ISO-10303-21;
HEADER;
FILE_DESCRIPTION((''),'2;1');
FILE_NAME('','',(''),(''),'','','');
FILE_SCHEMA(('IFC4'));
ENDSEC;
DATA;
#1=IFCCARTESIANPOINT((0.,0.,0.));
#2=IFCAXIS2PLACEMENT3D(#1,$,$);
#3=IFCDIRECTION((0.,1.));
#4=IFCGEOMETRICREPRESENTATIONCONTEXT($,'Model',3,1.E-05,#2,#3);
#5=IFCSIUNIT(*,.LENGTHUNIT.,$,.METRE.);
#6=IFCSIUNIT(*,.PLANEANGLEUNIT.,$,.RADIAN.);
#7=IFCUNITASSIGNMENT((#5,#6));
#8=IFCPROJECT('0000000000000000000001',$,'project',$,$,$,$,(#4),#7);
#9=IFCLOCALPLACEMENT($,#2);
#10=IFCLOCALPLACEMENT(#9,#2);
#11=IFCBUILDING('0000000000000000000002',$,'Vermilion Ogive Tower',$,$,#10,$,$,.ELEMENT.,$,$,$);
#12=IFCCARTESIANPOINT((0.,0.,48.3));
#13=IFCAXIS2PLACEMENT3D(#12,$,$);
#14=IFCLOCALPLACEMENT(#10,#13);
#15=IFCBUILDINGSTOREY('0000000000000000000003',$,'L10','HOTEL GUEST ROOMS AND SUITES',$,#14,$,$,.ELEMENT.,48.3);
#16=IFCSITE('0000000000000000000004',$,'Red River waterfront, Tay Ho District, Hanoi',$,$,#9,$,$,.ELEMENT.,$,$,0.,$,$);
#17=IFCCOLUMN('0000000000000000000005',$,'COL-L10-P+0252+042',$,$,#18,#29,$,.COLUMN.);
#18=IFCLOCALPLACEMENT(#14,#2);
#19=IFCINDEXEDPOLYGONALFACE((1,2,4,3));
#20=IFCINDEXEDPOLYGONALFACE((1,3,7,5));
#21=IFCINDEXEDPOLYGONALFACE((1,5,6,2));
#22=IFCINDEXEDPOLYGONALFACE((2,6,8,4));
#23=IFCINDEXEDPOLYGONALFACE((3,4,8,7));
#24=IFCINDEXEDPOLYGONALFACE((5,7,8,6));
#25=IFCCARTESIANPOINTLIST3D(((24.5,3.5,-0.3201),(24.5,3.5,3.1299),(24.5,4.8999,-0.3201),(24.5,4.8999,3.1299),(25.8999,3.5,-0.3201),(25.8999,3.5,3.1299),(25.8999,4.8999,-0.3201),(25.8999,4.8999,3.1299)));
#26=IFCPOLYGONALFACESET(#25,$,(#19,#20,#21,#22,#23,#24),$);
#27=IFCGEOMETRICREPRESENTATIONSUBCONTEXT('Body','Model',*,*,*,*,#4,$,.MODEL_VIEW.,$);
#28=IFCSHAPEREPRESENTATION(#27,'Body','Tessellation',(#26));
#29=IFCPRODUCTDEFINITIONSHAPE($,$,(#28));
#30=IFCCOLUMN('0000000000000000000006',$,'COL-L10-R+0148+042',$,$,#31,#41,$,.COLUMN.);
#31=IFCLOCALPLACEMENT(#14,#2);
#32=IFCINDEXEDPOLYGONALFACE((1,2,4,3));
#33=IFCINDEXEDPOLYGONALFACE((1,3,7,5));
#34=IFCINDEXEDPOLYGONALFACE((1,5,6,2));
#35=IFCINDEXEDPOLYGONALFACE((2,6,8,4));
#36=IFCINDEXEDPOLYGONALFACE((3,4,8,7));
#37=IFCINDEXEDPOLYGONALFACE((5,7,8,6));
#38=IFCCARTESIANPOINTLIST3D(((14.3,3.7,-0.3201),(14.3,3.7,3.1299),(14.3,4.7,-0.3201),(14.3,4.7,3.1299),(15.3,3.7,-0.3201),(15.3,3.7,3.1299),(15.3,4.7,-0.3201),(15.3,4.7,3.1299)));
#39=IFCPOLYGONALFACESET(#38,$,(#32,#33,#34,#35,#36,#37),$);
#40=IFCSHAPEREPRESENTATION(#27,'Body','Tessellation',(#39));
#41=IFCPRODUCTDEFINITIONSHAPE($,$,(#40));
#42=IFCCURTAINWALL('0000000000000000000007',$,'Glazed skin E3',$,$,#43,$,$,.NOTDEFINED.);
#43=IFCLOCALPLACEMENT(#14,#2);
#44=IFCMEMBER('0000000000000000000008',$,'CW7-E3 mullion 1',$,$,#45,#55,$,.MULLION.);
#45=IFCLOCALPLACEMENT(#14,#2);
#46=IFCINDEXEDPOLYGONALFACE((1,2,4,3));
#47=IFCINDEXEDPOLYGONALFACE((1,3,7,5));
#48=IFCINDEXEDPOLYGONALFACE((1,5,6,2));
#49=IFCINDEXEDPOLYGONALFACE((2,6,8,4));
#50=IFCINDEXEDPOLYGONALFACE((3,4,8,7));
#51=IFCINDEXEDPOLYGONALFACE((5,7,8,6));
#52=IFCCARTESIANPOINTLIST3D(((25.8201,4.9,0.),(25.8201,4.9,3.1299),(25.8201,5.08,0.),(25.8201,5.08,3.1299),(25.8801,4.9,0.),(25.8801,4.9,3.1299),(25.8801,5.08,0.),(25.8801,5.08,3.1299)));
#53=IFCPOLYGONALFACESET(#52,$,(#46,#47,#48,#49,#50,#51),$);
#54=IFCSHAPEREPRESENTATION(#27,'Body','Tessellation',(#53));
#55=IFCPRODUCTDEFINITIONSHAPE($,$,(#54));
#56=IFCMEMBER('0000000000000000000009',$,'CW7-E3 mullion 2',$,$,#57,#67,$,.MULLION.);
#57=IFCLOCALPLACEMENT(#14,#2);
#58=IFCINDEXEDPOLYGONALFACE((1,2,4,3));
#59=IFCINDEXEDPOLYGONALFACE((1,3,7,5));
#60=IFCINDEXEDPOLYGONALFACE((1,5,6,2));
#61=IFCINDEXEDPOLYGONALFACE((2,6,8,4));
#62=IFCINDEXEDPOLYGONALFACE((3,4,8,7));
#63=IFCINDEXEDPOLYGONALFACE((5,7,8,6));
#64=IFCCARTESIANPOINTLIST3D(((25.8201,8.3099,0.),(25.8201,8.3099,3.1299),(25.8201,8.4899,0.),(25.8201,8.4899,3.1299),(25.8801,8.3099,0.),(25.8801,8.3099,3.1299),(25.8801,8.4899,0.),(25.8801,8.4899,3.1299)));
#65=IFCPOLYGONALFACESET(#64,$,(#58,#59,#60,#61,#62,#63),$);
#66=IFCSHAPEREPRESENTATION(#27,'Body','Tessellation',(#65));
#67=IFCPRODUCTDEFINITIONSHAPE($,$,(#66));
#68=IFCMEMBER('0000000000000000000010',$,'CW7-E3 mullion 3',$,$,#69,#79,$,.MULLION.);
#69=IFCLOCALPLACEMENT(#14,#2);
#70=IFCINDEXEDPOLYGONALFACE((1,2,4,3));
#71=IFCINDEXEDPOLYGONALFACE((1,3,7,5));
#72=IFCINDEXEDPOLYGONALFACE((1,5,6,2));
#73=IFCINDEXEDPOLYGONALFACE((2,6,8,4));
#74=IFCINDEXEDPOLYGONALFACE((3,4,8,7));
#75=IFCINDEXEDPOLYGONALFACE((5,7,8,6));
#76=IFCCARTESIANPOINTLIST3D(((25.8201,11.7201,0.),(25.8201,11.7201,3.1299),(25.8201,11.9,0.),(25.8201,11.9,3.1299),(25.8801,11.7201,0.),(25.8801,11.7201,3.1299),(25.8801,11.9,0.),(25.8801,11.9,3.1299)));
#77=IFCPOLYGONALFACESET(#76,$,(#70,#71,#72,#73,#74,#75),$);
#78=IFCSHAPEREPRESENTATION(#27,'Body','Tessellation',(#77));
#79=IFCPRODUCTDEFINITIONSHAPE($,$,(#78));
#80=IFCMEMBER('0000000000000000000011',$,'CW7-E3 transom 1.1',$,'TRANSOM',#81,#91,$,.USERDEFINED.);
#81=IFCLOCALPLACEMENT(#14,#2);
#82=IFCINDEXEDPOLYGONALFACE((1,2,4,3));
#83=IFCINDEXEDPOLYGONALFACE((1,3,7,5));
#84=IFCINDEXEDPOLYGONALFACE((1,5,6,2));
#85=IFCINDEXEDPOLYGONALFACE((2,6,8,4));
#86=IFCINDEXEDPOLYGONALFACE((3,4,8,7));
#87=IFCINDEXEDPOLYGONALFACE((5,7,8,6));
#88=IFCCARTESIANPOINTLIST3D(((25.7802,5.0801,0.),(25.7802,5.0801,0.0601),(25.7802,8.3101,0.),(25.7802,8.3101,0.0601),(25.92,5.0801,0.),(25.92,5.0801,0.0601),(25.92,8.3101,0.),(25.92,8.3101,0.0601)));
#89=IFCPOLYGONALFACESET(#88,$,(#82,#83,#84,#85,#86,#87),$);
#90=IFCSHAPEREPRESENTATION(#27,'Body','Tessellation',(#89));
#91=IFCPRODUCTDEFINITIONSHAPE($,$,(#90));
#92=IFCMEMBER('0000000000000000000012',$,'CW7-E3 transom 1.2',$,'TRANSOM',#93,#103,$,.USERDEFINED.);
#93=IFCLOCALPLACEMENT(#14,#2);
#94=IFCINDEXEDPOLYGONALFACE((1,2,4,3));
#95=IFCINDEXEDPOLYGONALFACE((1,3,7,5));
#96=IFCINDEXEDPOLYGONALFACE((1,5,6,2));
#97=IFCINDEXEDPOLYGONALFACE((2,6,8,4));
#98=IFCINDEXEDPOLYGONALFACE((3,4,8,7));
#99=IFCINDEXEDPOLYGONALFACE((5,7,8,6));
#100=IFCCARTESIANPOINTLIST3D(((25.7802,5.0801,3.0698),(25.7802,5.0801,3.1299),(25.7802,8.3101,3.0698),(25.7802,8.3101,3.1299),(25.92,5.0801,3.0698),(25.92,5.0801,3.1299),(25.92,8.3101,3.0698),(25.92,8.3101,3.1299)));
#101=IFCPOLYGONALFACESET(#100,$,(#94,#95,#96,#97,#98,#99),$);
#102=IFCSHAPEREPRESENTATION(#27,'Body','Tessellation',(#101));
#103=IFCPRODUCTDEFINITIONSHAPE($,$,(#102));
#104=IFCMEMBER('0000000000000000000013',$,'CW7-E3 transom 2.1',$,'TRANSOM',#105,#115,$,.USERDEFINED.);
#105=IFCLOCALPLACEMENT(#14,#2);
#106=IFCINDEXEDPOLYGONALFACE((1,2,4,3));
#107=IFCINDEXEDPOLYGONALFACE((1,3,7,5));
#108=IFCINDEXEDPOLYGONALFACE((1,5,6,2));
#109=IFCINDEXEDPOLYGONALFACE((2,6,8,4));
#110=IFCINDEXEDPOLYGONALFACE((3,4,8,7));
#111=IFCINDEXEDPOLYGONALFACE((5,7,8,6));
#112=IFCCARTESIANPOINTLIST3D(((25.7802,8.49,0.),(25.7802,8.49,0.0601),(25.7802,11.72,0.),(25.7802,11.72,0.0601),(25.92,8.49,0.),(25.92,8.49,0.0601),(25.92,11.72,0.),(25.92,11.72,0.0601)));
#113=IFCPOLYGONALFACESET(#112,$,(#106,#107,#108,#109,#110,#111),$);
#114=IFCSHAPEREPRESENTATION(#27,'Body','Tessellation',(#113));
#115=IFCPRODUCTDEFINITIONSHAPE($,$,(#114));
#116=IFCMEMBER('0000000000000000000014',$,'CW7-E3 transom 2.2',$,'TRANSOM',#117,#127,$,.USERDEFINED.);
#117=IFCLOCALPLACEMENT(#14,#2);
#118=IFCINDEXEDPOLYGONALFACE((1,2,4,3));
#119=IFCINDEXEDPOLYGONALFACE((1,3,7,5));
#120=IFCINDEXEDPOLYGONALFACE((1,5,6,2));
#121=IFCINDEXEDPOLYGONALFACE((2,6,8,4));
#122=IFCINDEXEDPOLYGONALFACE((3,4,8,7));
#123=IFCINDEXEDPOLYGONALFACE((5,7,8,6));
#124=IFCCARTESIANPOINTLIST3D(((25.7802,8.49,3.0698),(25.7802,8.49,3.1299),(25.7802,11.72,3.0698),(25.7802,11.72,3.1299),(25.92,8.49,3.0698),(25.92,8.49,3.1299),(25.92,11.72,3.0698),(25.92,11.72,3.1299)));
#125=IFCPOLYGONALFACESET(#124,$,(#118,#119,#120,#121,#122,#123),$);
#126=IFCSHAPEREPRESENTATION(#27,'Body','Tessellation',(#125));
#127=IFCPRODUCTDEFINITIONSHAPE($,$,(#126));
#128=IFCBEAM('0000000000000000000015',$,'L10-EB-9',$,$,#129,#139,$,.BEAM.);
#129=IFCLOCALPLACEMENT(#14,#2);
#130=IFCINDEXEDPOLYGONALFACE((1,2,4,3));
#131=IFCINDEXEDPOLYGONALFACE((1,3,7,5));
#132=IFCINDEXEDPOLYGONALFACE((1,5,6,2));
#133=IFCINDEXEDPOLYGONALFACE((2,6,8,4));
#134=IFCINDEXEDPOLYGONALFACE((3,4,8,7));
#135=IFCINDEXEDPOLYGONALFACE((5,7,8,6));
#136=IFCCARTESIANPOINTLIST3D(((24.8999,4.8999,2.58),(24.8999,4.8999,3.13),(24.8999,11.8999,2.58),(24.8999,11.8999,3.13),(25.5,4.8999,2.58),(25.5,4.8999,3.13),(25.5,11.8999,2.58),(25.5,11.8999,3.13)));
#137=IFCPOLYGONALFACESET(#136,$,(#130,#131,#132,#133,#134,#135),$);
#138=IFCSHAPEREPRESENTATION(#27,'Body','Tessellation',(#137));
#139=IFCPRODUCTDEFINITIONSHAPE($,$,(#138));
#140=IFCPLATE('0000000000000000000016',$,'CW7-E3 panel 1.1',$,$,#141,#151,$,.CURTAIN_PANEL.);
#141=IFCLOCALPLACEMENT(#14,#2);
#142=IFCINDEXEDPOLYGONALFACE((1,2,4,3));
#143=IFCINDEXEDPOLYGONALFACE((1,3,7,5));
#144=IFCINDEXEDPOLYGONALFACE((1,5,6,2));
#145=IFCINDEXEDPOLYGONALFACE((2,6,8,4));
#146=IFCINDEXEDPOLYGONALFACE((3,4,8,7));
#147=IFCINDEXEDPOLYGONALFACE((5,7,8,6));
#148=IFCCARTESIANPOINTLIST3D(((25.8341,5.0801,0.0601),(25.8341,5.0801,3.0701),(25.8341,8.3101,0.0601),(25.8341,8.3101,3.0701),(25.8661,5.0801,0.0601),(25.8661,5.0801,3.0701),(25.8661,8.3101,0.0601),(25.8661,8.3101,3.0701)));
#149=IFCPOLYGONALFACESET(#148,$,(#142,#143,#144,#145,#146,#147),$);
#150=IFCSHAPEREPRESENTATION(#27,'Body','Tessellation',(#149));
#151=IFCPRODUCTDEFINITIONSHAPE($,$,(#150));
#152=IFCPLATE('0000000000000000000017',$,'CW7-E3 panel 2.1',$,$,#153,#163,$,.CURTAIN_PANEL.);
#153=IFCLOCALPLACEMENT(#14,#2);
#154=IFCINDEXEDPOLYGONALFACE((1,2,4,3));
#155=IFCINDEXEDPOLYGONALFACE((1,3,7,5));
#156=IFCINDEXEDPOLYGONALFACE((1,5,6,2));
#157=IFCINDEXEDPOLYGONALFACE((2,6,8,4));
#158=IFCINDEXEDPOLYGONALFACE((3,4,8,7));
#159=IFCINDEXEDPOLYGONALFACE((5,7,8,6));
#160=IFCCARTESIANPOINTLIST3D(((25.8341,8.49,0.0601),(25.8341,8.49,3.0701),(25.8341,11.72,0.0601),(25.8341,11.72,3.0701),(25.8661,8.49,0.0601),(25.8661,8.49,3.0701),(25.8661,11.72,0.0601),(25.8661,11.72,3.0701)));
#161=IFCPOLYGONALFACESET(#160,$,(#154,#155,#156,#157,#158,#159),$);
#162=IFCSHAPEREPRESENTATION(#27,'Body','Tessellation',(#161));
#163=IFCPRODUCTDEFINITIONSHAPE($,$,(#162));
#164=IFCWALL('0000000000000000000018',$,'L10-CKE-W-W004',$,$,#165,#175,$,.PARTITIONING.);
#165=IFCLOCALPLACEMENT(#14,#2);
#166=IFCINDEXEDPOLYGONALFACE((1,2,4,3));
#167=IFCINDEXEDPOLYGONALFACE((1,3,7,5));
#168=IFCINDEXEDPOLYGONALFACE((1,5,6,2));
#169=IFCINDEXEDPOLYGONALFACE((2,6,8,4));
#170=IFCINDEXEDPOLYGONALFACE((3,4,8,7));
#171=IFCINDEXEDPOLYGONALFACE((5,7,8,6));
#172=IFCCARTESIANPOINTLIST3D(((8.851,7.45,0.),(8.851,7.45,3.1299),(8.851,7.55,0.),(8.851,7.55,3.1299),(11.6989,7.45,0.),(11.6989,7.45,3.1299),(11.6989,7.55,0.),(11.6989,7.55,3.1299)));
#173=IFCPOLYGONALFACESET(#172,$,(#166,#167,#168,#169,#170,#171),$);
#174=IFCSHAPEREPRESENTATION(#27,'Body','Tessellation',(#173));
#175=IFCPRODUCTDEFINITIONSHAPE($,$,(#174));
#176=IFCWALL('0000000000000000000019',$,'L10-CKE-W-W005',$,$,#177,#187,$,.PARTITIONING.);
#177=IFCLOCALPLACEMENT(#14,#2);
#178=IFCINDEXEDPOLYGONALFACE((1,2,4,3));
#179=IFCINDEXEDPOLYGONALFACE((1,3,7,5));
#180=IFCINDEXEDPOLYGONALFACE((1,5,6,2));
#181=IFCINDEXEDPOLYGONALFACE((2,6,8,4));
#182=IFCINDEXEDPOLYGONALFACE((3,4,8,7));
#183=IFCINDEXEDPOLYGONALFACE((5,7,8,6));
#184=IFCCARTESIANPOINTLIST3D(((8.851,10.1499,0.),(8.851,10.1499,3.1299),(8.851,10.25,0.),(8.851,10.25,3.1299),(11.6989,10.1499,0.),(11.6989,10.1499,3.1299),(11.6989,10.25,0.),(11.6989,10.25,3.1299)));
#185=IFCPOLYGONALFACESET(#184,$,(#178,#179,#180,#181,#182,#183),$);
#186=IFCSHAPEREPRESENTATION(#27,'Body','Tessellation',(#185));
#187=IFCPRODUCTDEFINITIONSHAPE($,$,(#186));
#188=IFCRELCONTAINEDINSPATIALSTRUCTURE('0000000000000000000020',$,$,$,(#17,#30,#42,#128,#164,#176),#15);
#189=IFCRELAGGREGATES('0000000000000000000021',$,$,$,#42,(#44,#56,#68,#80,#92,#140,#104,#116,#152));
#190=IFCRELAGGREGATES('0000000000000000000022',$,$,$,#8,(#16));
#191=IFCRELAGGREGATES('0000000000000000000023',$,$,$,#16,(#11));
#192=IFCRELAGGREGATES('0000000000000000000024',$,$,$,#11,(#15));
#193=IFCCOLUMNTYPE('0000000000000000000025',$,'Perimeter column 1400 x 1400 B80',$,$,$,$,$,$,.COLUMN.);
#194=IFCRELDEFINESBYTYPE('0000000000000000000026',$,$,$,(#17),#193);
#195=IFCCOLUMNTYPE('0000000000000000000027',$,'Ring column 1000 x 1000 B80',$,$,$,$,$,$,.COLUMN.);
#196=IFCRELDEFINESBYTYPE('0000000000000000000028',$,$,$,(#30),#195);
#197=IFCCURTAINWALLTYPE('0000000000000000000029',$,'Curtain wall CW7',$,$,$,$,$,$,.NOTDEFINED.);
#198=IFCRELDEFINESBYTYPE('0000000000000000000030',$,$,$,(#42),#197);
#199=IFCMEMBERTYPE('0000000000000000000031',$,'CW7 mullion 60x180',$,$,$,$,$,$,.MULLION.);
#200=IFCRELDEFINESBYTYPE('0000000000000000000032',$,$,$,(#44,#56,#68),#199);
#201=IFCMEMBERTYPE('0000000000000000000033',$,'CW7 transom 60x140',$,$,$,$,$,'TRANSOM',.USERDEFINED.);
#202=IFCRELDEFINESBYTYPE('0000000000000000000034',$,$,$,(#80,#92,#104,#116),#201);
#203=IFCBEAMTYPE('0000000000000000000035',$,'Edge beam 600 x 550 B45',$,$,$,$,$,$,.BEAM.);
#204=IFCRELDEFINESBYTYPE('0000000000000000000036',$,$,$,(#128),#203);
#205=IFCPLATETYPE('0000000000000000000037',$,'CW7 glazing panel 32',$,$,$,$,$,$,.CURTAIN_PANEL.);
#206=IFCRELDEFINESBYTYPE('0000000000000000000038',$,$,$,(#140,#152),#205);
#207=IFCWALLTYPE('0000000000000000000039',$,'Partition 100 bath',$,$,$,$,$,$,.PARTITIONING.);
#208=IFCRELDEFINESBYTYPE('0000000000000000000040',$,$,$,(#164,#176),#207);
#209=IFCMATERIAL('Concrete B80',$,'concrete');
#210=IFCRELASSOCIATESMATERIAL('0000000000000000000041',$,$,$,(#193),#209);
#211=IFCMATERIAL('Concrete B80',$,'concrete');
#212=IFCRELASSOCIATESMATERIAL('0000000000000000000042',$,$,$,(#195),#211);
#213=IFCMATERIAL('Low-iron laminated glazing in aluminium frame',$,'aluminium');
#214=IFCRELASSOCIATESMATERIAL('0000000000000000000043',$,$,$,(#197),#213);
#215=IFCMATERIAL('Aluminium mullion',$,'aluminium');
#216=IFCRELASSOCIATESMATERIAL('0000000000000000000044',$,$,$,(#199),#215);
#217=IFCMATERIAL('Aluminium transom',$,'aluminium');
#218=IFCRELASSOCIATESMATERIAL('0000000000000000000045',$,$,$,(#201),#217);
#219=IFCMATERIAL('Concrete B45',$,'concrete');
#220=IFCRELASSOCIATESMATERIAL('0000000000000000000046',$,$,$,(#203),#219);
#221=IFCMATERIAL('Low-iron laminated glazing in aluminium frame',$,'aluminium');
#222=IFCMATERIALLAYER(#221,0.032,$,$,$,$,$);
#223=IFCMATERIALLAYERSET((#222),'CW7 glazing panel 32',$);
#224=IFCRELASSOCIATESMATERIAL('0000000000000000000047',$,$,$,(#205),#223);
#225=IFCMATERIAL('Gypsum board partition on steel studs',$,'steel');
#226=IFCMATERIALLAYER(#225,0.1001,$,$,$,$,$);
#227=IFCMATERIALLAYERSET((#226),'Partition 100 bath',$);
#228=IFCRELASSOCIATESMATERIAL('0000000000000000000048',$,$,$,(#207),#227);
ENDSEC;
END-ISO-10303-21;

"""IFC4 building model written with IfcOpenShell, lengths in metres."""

from ifc_helpers import new_model, si_unit, direction, frame, frame_2d, origin, origin_2d, place, context, subcontext, project, spatial, rectangle, extrude, material, layer, layer_set, material_profile, profile_set, type_object, element, aggregate, save


model = new_model("IFC4")

# Units and contexts
model_context = context("Model", 3, precision=1e-05, world=origin(), true_north=direction((0.0, 1.0)))
body_context = subcontext(model_context, "Body", "Model", "MODEL_VIEW")
ifc_project = project(units=[si_unit("LENGTHUNIT", "METRE"), si_unit("PLANEANGLEUNIT", "RADIAN")], contexts=[model_context])

# Site, building, storey
site_placement = place(None, origin())
site = spatial("IfcSite", under=ifc_project, at=site_placement, Name="Red River waterfront, Tay Ho District, Hanoi", CompositionType="ELEMENT", RefElevation=0.0)
building_placement = place(site_placement, origin())
building = spatial("IfcBuilding", under=site, at=building_placement, Name="Vermilion Ogive Tower", CompositionType="ELEMENT")
storey_placement = place(building_placement, frame((0.0, 0.0, 48.3)))
storey = spatial("IfcBuildingStorey", under=building, at=storey_placement, Name="L10", Description="HOTEL GUEST ROOMS AND SUITES", CompositionType="ELEMENT", Elevation=48.3)

# Columns
ifc_material_1 = material(Name="Concrete B80", Category="concrete")
ifc_material_profile_1 = material_profile(ifc_material_1, rectangle(XDim=1.3999, YDim=1.3999, at=origin_2d()), Name="1400 x 1400")
ifc_profile_set_1 = profile_set([ifc_material_profile_1], Name="Concrete B80")
column_type_1 = type_object("IfcColumnType", Name="Perimeter column 1400 x 1400 B80", PredefinedType="COLUMN", material=ifc_profile_set_1)
column_1_placement = place(storey_placement, frame((25.2, 4.2, -0.3201), z_axis=(0.0, 0.0, 1.0), x_axis=(1.0, 0.0, 0.0)))
element("IfcColumn", 1, at=column_1_placement, inside=storey, type_object=column_type_1, Name="COL-L10-P+0252+042", PredefinedType="COLUMN", context=body_context, shape_type="SweptSolid", body=[
    extrude(rectangle(XDim=1.3999, YDim=1.3999, at=origin_2d()), origin(), (0.0, 0.0, 1.0), 3.45),
])
ifc_material_2 = material(Name="Concrete B80", Category="concrete")
ifc_material_profile_2 = material_profile(ifc_material_2, rectangle(XDim=1.0, YDim=1.0, at=origin_2d()), Name="1000 x 1000")
ifc_profile_set_2 = profile_set([ifc_material_profile_2], Name="Concrete B80")
column_type_2 = type_object("IfcColumnType", Name="Ring column 1000 x 1000 B80", PredefinedType="COLUMN", material=ifc_profile_set_2)
column_2_placement = place(storey_placement, frame((14.8, 4.2, -0.3201), z_axis=(0.0, 0.0, 1.0), x_axis=(1.0, 0.0, 0.0)))
element("IfcColumn", 2, at=column_2_placement, inside=storey, type_object=column_type_2, Name="COL-L10-R+0148+042", PredefinedType="COLUMN", context=body_context, shape_type="SweptSolid", body=[
    extrude(rectangle(XDim=1.0, YDim=1.0, at=origin_2d()), origin(), (0.0, 0.0, 1.0), 3.45),
])

# Curtain wall, members
ifc_material_3 = material(Name="Low-iron laminated glazing in aluminium frame", Category="aluminium")
curtain_wall_type = type_object("IfcCurtainWallType", Name="Curtain wall CW7", PredefinedType="NOTDEFINED", material=ifc_material_3)
curtain_wall_placement = place(storey_placement, origin())
curtain_wall = element("IfcCurtainWall", 3, at=curtain_wall_placement, inside=storey, type_object=curtain_wall_type, Name="Glazed skin E3", PredefinedType="NOTDEFINED")
ifc_material_4 = material(Name="Aluminium mullion", Category="aluminium")
ifc_material_profile_3 = material_profile(ifc_material_4, rectangle(XDim=0.0601, YDim=0.1799, at=origin_2d()), Name="AL 60x180")
ifc_profile_set_3 = profile_set([ifc_material_profile_3], Name="Aluminium mullion")
member_type_1 = type_object("IfcMemberType", Name="CW7 mullion 60x180", PredefinedType="MULLION", material=ifc_profile_set_3)
member_1_placement = place(storey_placement, frame((25.8501, 4.99, 0.0), z_axis=(0.0, 0.0, 1.0), x_axis=(-1.0, 0.0, 0.0)))
member_1 = element("IfcMember", 4, at=member_1_placement, type_object=member_type_1, Name="CW7-E3 mullion 1", PredefinedType="MULLION", context=body_context, shape_type="SweptSolid", body=[
    extrude(rectangle(XDim=0.0601, YDim=0.1799, at=origin_2d()), origin(), (0.0, 0.0, 1.0), 3.1299),
])
member_2_placement = place(storey_placement, frame((25.8501, 8.3999, 0.0), z_axis=(0.0, 0.0, 1.0), x_axis=(-1.0, 0.0, 0.0)))
member_2 = element("IfcMember", 5, at=member_2_placement, type_object=member_type_1, Name="CW7-E3 mullion 2", PredefinedType="MULLION", context=body_context, shape_type="SweptSolid", body=[
    extrude(rectangle(XDim=0.0601, YDim=0.1799, at=origin_2d()), origin(), (0.0, 0.0, 1.0), 3.1299),
])
member_3_placement = place(storey_placement, frame((25.8501, 11.8101, 0.0), z_axis=(0.0, 0.0, 1.0), x_axis=(-1.0, 0.0, 0.0)))
member_3 = element("IfcMember", 6, at=member_3_placement, type_object=member_type_1, Name="CW7-E3 mullion 3", PredefinedType="MULLION", context=body_context, shape_type="SweptSolid", body=[
    extrude(rectangle(XDim=0.0601, YDim=0.1799, at=origin_2d()), origin(), (0.0, 0.0, 1.0), 3.1299),
])
ifc_material_5 = material(Name="Aluminium transom", Category="aluminium")
ifc_material_profile_4 = material_profile(ifc_material_5, rectangle(XDim=0.1399, YDim=0.0601, at=origin_2d()), Name="AL 60x140")
ifc_profile_set_4 = profile_set([ifc_material_profile_4], Name="Aluminium transom")
member_type_2 = type_object("IfcMemberType", Name="CW7 transom 60x140", ElementType="TRANSOM", PredefinedType="USERDEFINED", material=ifc_profile_set_4)
member_4_placement = place(storey_placement, frame((25.8501, 5.0801, 0.03), z_axis=(0.0, 1.0, 0.0), x_axis=(-1.0, 0.0, 0.0)))
member_4 = element("IfcMember", 7, at=member_4_placement, type_object=member_type_2, Name="CW7-E3 transom 1.1", ObjectType="TRANSOM", PredefinedType="USERDEFINED", context=body_context, shape_type="SweptSolid", body=[
    extrude(rectangle(XDim=0.1399, YDim=0.0601, at=origin_2d()), origin(), (0.0, 0.0, 1.0), 3.23),
])
member_5_placement = place(storey_placement, frame((25.8501, 5.0801, 3.0999), z_axis=(0.0, 1.0, 0.0), x_axis=(-1.0, 0.0, 0.0)))
member_5 = element("IfcMember", 8, at=member_5_placement, type_object=member_type_2, Name="CW7-E3 transom 1.2", ObjectType="TRANSOM", PredefinedType="USERDEFINED", context=body_context, shape_type="SweptSolid", body=[
    extrude(rectangle(XDim=0.1399, YDim=0.0601, at=origin_2d()), origin(), (0.0, 0.0, 1.0), 3.23),
])
member_6_placement = place(storey_placement, frame((25.8501, 8.49, 0.03), z_axis=(0.0, 1.0, 0.0), x_axis=(-1.0, 0.0, 0.0)))
member_6 = element("IfcMember", 9, at=member_6_placement, type_object=member_type_2, Name="CW7-E3 transom 2.1", ObjectType="TRANSOM", PredefinedType="USERDEFINED", context=body_context, shape_type="SweptSolid", body=[
    extrude(rectangle(XDim=0.1399, YDim=0.0601, at=origin_2d()), origin(), (0.0, 0.0, 1.0), 3.23),
])
member_7_placement = place(storey_placement, frame((25.8501, 8.49, 3.0999), z_axis=(0.0, 1.0, 0.0), x_axis=(-1.0, 0.0, 0.0)))
member_7 = element("IfcMember", 10, at=member_7_placement, type_object=member_type_2, Name="CW7-E3 transom 2.2", ObjectType="TRANSOM", PredefinedType="USERDEFINED", context=body_context, shape_type="SweptSolid", body=[
    extrude(rectangle(XDim=0.1399, YDim=0.0601, at=origin_2d()), origin(), (0.0, 0.0, 1.0), 3.23),
])

# Beam
ifc_material_6 = material(Name="Concrete B45", Category="concrete")
ifc_material_profile_5 = material_profile(ifc_material_6, rectangle(XDim=0.6001, YDim=0.55, at=origin_2d()), Name="600 x 550")
ifc_profile_set_5 = profile_set([ifc_material_profile_5], Name="Concrete B45")
beam_type = type_object("IfcBeamType", Name="Edge beam 600 x 550 B45", PredefinedType="BEAM", material=ifc_profile_set_5)
beam_placement = place(storey_placement, frame((25.2, 4.8999, 2.855), z_axis=(0.0, 1.0, 0.0), x_axis=(-1.0, 0.0, 0.0)))
element("IfcBeam", 11, at=beam_placement, inside=storey, type_object=beam_type, Name="L10-EB-9", PredefinedType="BEAM", context=body_context, shape_type="SweptSolid", body=[
    extrude(rectangle(XDim=0.6001, YDim=0.55, at=origin_2d()), origin(), (0.0, 0.0, 1.0), 7.0),
])

# Plates
ifc_material_7 = material(Name="Low-iron laminated glazing in aluminium frame", Category="aluminium")
ifc_layer_1 = layer(ifc_material_7, 0.032)
ifc_layer_set_1 = layer_set([ifc_layer_1], Name="CW7 glazing panel 32")
plate_type = type_object("IfcPlateType", Name="CW7 glazing panel 32", PredefinedType="CURTAIN_PANEL", material=ifc_layer_set_1)
plate_1_placement = place(storey_placement, frame((25.8501, 6.6951, 0.0601), z_axis=(0.0, 0.0, 1.0), x_axis=(0.0, 1.0, 0.0)))
plate_1 = element("IfcPlate", 12, at=plate_1_placement, type_object=plate_type, Name="CW7-E3 panel 1.1", PredefinedType="CURTAIN_PANEL", context=body_context, shape_type="SweptSolid", body=[
    extrude(rectangle(XDim=3.23, YDim=0.032, at=origin_2d()), origin(), (0.0, 0.0, 1.0), 3.01),
])
plate_2_placement = place(storey_placement, frame((25.8501, 10.105, 0.0601), z_axis=(0.0, 0.0, 1.0), x_axis=(0.0, 1.0, 0.0)))
plate_2 = element("IfcPlate", 13, at=plate_2_placement, type_object=plate_type, Name="CW7-E3 panel 2.1", PredefinedType="CURTAIN_PANEL", context=body_context, shape_type="SweptSolid", body=[
    extrude(rectangle(XDim=3.23, YDim=0.032, at=origin_2d()), origin(), (0.0, 0.0, 1.0), 3.01),
])
aggregate(curtain_wall, [member_1, member_2, member_3, member_4, member_5, plate_1, member_6, member_7, plate_2])

# Walls
ifc_material_8 = material(Name="Gypsum board partition on steel studs", Category="steel")
ifc_layer_2 = layer(ifc_material_8, 0.1001)
ifc_layer_set_2 = layer_set([ifc_layer_2], Name="Partition 100 bath")
wall_type_1 = type_object("IfcWallType", Name="Partition 100 bath", PredefinedType="PARTITIONING", material=ifc_layer_set_2)
for number, where, z_axis, x_axis, name in (
    (14, (8.8511, 7.5, 0.0), (0.0, 0.0, 1.0), (1.0, 0.0, 0.0), "L10-CKE-W-W004"),
    (15, (8.8511, 10.2, 0.0), (0.0, 0.0, 1.0), (1.0, 0.0, 0.0), "L10-CKE-W-W005"),
):
    element("IfcWall", number, at=place(storey_placement, frame(where, z_axis=z_axis, x_axis=x_axis)), inside=storey, type_object=wall_type_1, Name=name, PredefinedType="PARTITIONING", context=body_context, shape_type="SweptSolid", body=[
        extrude(rectangle(XDim=2.8479, YDim=0.1001, at=frame_2d((1.4238, 0.0))), origin(), (0.0, 0.0, 1.0), 3.1299),
    ])

save(model, "model.ifc")
